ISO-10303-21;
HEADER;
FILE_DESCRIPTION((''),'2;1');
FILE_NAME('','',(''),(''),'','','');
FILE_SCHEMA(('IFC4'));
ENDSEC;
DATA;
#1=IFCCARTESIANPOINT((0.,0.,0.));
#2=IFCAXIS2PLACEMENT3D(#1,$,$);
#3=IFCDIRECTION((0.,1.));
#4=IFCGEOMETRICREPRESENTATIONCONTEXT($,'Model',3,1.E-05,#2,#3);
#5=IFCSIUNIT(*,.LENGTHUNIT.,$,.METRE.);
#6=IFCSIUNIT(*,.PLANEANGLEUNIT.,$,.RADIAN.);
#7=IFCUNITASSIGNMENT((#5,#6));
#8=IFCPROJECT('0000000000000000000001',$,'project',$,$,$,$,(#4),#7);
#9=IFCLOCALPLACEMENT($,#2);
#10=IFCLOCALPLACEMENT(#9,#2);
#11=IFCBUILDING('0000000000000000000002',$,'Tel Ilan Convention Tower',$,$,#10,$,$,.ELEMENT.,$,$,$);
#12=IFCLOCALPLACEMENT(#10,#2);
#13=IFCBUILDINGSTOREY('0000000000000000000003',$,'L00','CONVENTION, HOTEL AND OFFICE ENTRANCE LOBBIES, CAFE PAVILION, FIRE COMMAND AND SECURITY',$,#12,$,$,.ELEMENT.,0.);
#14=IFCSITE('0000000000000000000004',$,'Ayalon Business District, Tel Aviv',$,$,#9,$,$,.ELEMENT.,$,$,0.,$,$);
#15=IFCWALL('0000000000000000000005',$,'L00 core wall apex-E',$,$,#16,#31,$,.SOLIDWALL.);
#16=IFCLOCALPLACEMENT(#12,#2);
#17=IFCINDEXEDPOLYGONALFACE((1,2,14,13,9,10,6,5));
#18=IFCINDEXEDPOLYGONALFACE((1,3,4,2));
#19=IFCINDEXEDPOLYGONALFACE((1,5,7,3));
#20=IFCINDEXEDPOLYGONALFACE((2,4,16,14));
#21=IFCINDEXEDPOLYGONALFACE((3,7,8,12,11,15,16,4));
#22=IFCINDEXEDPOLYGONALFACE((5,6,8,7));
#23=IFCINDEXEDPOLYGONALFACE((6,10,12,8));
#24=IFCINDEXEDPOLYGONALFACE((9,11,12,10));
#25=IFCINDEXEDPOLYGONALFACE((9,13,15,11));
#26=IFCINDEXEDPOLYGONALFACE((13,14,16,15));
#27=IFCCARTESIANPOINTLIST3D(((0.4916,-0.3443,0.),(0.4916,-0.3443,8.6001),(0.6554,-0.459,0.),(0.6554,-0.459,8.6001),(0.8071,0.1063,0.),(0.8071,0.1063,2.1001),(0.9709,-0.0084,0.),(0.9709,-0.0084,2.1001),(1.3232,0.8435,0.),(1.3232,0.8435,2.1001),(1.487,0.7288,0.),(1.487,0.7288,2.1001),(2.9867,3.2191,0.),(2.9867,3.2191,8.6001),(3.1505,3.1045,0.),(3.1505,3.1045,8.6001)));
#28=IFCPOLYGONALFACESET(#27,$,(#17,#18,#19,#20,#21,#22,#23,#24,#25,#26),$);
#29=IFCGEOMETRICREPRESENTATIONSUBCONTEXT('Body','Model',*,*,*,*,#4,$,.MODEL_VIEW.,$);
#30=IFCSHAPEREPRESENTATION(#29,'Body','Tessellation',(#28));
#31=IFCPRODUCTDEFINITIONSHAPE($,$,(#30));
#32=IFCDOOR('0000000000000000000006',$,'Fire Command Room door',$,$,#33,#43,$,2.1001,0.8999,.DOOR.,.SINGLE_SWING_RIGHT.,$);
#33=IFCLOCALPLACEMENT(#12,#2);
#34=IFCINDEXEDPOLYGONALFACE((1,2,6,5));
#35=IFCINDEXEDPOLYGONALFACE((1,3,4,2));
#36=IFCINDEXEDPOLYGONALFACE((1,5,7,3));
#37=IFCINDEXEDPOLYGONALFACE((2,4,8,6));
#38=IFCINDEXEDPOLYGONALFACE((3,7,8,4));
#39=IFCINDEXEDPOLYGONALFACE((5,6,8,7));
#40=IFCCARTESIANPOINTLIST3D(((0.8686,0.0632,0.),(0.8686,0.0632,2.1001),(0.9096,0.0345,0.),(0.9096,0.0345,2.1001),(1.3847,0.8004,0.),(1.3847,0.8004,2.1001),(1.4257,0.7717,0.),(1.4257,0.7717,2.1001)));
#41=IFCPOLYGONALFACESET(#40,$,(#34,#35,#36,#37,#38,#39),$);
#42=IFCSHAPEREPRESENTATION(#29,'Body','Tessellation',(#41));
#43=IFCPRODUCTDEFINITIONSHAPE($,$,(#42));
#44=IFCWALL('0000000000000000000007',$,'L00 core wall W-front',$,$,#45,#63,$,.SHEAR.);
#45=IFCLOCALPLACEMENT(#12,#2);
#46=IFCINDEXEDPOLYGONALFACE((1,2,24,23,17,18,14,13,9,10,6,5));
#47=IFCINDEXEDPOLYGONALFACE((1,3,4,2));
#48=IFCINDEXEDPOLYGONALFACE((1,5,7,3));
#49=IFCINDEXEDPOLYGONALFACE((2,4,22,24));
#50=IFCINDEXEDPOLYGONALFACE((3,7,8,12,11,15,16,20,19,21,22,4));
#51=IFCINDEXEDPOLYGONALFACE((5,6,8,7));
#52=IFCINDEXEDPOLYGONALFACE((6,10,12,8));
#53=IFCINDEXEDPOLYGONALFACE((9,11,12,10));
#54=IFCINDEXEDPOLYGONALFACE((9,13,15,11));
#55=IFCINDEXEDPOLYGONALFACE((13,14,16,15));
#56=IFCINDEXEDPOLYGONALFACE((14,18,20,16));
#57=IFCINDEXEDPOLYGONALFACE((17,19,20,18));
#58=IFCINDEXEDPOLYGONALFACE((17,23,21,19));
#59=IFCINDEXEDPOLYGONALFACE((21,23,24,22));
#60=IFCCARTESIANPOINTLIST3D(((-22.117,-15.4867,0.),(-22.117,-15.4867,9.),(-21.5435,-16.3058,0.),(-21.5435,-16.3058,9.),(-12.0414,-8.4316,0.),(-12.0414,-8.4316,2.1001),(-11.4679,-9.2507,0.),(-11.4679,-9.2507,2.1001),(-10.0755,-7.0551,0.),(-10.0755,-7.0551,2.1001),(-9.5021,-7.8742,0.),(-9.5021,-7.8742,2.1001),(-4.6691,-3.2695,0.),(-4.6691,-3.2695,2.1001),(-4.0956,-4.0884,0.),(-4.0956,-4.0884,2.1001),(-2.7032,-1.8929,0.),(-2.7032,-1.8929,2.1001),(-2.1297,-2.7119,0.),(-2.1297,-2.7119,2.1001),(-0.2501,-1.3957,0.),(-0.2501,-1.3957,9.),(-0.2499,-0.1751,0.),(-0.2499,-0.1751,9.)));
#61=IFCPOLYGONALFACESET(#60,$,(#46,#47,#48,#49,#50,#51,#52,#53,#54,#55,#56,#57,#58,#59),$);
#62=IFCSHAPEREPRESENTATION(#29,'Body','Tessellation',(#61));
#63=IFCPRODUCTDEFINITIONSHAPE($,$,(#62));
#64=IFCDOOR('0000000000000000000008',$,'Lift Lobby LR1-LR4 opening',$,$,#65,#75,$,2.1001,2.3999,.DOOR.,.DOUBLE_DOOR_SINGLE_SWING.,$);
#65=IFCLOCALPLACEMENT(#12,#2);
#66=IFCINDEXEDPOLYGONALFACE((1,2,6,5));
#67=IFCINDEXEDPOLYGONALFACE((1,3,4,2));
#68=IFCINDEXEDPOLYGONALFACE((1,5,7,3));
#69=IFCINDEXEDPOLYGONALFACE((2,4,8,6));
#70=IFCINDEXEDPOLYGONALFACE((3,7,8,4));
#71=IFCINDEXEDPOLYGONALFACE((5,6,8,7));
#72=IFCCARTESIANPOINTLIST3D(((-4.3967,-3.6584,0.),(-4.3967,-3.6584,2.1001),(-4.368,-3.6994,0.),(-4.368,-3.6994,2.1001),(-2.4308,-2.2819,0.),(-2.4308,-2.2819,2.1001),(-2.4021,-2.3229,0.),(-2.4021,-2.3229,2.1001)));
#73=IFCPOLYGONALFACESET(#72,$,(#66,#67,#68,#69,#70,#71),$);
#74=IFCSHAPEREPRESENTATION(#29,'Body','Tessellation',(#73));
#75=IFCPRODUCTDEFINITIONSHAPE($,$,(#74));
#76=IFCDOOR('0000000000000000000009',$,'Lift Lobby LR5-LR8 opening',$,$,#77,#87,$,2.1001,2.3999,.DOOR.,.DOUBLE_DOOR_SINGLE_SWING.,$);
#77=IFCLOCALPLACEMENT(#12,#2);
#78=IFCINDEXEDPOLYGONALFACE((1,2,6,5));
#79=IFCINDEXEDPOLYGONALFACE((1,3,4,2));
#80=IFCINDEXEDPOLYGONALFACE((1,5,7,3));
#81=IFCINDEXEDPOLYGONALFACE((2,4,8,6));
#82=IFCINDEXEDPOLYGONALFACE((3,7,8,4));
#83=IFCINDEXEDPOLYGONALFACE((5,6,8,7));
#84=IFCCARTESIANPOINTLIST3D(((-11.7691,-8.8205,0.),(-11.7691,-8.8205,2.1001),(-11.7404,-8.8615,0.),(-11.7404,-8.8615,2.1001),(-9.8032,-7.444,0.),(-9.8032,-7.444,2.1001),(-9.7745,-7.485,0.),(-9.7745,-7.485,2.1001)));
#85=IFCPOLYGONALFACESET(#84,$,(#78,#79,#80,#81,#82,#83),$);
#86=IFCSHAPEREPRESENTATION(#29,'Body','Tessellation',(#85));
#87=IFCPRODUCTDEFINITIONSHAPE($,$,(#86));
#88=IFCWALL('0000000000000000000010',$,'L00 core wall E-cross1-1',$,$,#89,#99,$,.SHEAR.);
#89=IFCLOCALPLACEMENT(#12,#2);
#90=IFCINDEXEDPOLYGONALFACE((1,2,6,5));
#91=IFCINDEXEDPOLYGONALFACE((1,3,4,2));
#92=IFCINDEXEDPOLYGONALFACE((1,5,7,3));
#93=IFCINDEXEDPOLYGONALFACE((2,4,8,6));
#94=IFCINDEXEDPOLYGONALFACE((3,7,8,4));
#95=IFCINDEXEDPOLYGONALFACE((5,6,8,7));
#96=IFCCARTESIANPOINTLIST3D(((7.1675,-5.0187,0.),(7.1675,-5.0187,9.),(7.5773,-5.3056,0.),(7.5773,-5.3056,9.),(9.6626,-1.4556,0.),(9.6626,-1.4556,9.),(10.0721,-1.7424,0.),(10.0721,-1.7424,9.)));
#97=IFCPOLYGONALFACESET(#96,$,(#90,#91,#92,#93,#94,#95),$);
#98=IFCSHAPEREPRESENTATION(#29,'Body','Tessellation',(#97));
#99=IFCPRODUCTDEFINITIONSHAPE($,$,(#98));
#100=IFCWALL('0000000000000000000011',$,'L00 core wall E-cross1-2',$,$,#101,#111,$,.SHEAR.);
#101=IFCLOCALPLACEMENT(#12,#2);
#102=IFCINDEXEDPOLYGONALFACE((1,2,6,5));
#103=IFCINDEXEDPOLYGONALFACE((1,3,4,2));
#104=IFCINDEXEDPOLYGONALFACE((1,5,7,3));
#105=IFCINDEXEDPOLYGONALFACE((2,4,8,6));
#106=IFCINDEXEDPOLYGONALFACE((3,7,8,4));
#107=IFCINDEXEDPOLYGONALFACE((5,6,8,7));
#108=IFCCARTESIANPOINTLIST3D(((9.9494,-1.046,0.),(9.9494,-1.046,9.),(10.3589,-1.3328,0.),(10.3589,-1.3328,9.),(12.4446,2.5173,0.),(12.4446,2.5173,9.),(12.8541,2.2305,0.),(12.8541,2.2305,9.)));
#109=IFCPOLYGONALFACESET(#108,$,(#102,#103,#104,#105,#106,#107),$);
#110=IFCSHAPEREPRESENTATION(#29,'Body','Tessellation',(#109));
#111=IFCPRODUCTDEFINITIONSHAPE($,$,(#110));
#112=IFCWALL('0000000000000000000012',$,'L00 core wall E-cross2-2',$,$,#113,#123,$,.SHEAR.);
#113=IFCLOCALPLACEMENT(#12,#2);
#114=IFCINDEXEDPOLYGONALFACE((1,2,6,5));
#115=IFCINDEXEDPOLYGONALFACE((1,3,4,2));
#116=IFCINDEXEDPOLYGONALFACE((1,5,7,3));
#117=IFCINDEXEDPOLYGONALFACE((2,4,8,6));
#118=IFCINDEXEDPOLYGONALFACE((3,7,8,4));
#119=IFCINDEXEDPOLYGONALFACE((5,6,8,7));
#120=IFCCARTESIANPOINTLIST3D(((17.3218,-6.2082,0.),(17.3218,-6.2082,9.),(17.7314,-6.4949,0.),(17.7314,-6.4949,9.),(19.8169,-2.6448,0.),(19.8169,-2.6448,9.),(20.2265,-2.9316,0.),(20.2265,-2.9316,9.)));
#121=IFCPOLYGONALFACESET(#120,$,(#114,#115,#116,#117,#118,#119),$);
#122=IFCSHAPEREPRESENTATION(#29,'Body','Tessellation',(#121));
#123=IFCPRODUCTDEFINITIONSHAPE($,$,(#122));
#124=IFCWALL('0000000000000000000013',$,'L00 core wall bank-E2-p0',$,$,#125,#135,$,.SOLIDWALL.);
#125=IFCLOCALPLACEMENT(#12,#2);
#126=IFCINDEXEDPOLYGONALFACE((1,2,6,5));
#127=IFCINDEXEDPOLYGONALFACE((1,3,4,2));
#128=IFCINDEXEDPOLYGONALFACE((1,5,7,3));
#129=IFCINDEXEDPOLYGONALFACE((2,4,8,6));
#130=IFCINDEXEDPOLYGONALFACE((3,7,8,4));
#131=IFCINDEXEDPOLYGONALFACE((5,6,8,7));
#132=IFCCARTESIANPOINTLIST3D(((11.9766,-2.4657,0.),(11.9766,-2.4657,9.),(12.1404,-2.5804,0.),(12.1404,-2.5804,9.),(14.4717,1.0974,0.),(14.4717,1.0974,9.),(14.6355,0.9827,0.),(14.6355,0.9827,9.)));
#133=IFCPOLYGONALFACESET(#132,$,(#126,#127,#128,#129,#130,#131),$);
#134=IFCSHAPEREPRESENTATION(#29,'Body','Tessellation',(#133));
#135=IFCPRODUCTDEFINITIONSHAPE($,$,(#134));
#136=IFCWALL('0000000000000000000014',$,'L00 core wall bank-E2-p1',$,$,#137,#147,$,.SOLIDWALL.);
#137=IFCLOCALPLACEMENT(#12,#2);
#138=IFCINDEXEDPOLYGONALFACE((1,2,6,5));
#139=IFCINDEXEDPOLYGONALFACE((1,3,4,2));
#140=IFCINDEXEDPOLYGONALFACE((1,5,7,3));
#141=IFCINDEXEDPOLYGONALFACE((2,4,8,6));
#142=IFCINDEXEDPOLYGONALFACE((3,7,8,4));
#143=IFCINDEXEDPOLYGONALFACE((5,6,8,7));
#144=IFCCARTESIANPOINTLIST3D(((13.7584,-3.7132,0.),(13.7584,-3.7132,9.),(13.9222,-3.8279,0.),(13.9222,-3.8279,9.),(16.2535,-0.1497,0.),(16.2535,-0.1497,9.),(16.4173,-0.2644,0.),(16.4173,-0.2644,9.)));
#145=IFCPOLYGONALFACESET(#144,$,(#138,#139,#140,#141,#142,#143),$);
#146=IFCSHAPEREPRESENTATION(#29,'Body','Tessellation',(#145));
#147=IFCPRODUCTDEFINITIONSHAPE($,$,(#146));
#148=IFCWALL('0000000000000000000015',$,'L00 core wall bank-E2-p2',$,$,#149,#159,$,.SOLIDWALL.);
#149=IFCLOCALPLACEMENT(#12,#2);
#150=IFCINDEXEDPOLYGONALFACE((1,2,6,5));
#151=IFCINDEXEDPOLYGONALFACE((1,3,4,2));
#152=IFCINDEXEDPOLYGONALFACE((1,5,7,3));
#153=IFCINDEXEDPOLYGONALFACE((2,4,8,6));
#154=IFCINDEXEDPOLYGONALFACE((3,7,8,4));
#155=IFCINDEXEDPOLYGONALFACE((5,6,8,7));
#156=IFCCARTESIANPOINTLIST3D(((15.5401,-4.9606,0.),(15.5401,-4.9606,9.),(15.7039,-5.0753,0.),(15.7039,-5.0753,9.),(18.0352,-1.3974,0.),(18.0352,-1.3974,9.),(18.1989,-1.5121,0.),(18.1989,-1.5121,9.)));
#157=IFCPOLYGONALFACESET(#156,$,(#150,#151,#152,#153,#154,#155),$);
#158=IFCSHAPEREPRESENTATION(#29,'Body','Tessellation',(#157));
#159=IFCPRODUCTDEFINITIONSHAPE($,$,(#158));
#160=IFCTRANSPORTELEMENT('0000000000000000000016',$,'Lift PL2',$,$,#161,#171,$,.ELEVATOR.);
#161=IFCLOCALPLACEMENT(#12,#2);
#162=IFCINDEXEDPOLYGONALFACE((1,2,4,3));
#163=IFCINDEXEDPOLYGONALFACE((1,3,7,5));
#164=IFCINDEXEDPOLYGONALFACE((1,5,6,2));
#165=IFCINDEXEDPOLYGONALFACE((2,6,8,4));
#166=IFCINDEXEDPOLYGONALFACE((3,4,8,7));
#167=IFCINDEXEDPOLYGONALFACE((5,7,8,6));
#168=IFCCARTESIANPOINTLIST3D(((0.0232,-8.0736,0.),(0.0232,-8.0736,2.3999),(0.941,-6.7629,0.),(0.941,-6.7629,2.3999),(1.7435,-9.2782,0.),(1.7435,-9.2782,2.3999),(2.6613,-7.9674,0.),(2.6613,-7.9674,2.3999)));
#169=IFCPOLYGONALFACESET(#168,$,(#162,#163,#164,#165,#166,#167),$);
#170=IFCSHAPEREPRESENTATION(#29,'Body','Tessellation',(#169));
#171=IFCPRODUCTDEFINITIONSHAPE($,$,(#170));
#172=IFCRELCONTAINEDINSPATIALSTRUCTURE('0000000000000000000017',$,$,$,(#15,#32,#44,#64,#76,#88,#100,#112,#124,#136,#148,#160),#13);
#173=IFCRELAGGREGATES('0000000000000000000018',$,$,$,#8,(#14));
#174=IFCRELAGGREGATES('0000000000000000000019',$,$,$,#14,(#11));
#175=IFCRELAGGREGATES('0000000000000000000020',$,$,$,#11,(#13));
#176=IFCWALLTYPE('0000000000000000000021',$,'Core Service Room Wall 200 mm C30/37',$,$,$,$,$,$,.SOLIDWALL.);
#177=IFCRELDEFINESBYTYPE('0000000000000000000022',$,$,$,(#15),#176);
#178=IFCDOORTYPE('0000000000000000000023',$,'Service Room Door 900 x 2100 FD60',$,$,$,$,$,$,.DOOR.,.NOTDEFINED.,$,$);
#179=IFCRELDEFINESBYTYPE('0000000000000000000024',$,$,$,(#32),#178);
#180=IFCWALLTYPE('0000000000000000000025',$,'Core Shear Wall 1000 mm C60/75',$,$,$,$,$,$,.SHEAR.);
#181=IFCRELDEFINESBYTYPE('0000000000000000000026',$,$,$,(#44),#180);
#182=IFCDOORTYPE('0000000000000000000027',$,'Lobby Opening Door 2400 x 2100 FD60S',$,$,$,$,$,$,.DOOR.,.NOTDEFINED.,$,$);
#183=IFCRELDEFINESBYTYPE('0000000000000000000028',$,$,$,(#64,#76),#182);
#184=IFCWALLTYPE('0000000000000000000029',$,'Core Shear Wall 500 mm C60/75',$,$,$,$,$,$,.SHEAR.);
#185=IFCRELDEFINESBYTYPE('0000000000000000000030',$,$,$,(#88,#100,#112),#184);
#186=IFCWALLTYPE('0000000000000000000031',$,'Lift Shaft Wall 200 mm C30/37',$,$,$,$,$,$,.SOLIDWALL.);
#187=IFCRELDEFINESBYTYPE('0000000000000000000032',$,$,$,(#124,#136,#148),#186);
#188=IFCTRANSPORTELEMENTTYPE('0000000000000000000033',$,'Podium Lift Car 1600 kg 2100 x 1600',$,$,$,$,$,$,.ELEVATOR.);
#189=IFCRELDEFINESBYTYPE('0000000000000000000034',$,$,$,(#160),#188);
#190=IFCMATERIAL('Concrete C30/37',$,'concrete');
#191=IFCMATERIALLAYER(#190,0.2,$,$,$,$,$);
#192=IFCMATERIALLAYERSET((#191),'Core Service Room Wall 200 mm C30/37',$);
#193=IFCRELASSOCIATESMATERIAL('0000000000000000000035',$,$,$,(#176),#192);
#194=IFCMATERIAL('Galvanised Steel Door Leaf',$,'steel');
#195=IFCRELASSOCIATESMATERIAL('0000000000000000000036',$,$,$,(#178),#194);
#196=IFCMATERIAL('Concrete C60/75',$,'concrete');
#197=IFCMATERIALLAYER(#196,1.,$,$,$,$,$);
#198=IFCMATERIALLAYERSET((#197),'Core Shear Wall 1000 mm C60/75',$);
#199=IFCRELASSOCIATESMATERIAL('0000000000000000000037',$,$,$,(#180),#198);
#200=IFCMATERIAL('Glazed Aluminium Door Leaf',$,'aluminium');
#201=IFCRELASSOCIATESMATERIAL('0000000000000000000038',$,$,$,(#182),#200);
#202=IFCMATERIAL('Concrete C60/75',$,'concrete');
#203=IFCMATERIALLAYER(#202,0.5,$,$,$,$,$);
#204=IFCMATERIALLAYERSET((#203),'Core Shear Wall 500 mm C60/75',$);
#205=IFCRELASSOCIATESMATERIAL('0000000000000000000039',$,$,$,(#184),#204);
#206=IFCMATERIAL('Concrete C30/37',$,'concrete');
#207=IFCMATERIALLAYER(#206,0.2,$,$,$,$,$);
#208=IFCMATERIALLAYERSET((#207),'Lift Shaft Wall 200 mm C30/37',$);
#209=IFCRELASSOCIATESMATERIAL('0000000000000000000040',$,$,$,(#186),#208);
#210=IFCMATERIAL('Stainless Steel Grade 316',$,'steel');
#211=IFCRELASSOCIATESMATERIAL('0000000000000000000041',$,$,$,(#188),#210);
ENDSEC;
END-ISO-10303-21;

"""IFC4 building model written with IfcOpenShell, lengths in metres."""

from ifc_helpers import new_model, si_unit, direction, frame, frame_2d, origin, origin_2d, place, context, subcontext, project, spatial, polyline, rectangle, outline, extrude, material, layer, layer_set, type_object, element, fill, save


model = new_model("IFC4")

# Units and contexts
model_context = context("Model", 3, precision=1e-05, world=origin(), true_north=direction((0.0, 1.0)))
body_context = subcontext(model_context, "Body", "Model", "MODEL_VIEW")
ifc_project = project(units=[si_unit("LENGTHUNIT", "METRE"), si_unit("PLANEANGLEUNIT", "RADIAN")], contexts=[model_context])

# Site, building, storey
site_placement = place(None, origin())
site = spatial("IfcSite", under=ifc_project, at=site_placement, Name="Ayalon Business District, Tel Aviv", CompositionType="ELEMENT", RefElevation=0.0)
building_placement = place(site_placement, origin())
building = spatial("IfcBuilding", under=site, at=building_placement, Name="Tel Ilan Convention Tower", CompositionType="ELEMENT")
storey_placement = place(building_placement, origin())
storey = spatial("IfcBuildingStorey", under=building, at=storey_placement, Name="L00", Description="CONVENTION, HOTEL AND OFFICE ENTRANCE LOBBIES, CAFE PAVILION, FIRE COMMAND AND SECURITY", CompositionType="ELEMENT", Elevation=0.0)

# Wall, opening, door
ifc_material_1 = material(Name="Concrete C30/37", Category="concrete")
ifc_layer_1 = layer(ifc_material_1, 0.2)
ifc_layer_set_1 = layer_set([ifc_layer_1], Name="Core Service Room Wall 200 mm C30/37")
wall_type_1 = type_object("IfcWallType", Name="Core Service Room Wall 200 mm C30/37", PredefinedType="SOLIDWALL", material=ifc_layer_set_1)
wall_1_placement = place(storey_placement, frame((0.5735, -0.4016, 0.0), z_axis=(0.0, 0.0, 1.0), x_axis=(0.573568, 0.819158, 0.0)))
wall_1 = element("IfcWall", 1, at=wall_1_placement, inside=storey, type_object=wall_type_1, Name="L00 core wall apex-E", PredefinedType="SOLIDWALL", context=body_context, shape_type="SweptSolid", body=[
    extrude(rectangle(XDim=4.3501, YDim=0.2, at=frame_2d((2.175, 0.0))), origin(), (0.0, 0.0, 1.0), 8.6001),
])
opening_1_placement = place(wall_1_placement, frame((0.55, 0.0, 0.0)))
opening_1 = element("IfcOpeningElement", 2, at=opening_1_placement, cuts=wall_1, PredefinedType="OPENING", context=body_context, shape_type="SweptSolid", body=[
    extrude(rectangle(XDim=0.8999, YDim=2.1001, at=frame_2d((0.45, 1.05))), frame((0.0, 0.1099, 0.0), z_axis=(0.0, -1.0, 0.0), x_axis=(1.0, 0.0, 0.0)), (0.0, 0.0, 1.0), 0.22),
])
ifc_material_2 = material(Name="Galvanised Steel Door Leaf", Category="steel")
door_type_1 = type_object("IfcDoorType", Name="Service Room Door 900 x 2100 FD60", OperationType="NOTDEFINED", PredefinedType="DOOR", material=ifc_material_2)
door_1_placement = place(opening_1_placement, origin())
door_1 = element("IfcDoor", 3, at=door_1_placement, inside=storey, type_object=door_type_1, Name="Fire Command Room door", OperationType="SINGLE_SWING_RIGHT", OverallHeight=2.1001, OverallWidth=0.8999, PredefinedType="DOOR", context=body_context, shape_type="SweptSolid", body=[
    extrude(rectangle(XDim=0.8999, YDim=2.1001, at=frame_2d((0.45, 1.05))), frame((0.0, 0.0249, 0.0), z_axis=(0.0, -1.0, 0.0), x_axis=(1.0, 0.0, 0.0)), (0.0, 0.0, 1.0), 0.05),
])
fill(opening_1, door_1)

# Wall, openings, doors
ifc_material_3 = material(Name="Concrete C60/75", Category="concrete")
ifc_layer_2 = layer(ifc_material_3, 1.0)
ifc_layer_set_2 = layer_set([ifc_layer_2], Name="Core Shear Wall 1000 mm C60/75")
wall_type_2 = type_object("IfcWallType", Name="Core Shear Wall 1000 mm C60/75", PredefinedType="SHEAR", material=ifc_layer_set_2)
wall_2_placement = place(storey_placement, frame((0.0369, -0.5847, 0.0), z_axis=(0.0, 0.0, 1.0), x_axis=(-0.819157, -0.573569, 0.0)))
wall_2 = element("IfcWall", 4, at=wall_2_placement, inside=storey, type_object=wall_type_2, Name="L00 core wall W-front", PredefinedType="SHEAR", context=body_context, shape_type="SweptSolid", body=[
    extrude(outline(polyline([(26.6948, 0.5002), (0.7002, 0.4998), (0.0, -0.5), (26.6948, -0.4998), (26.6948, 0.5002)])), origin(), (0.0, 0.0, 1.0), 9.0),
])
opening_2_placement = place(wall_2_placement, frame((2.9949, 0.0, 0.0)))
opening_2 = element("IfcOpeningElement", 5, at=opening_2_placement, cuts=wall_2, PredefinedType="OPENING", context=body_context, shape_type="SweptSolid", body=[
    extrude(rectangle(XDim=2.3999, YDim=2.1001, at=frame_2d((1.2, 1.05))), frame((0.0, 0.51, 0.0), z_axis=(0.0, -1.0, 0.0), x_axis=(1.0, 0.0, 0.0)), (0.0, 0.0, 1.0), 1.02),
])
opening_3_placement = place(wall_2_placement, frame((11.9949, 0.0, 0.0)))
opening_3 = element("IfcOpeningElement", 6, at=opening_3_placement, cuts=wall_2, PredefinedType="OPENING", context=body_context, shape_type="SweptSolid", body=[
    extrude(rectangle(XDim=2.3999, YDim=2.1001, at=frame_2d((1.2, 1.05))), frame((0.0, 0.51, 0.0), z_axis=(0.0, -1.0, 0.0), x_axis=(1.0, 0.0, 0.0)), (0.0, 0.0, 1.0), 1.02),
])
ifc_material_4 = material(Name="Glazed Aluminium Door Leaf", Category="aluminium")
door_type_2 = type_object("IfcDoorType", Name="Lobby Opening Door 2400 x 2100 FD60S", OperationType="NOTDEFINED", PredefinedType="DOOR", material=ifc_material_4)
door_2_placement = place(opening_2_placement, origin())
door_2 = element("IfcDoor", 7, at=door_2_placement, inside=storey, type_object=door_type_2, Name="Lift Lobby LR1-LR4 opening", OperationType="DOUBLE_DOOR_SINGLE_SWING", OverallHeight=2.1001, OverallWidth=2.3999, PredefinedType="DOOR", context=body_context, shape_type="SweptSolid", body=[
    extrude(rectangle(XDim=2.3999, YDim=2.1001, at=frame_2d((1.2, 1.05))), frame((0.0, 0.0249, 0.0), z_axis=(0.0, -1.0, 0.0), x_axis=(1.0, 0.0, 0.0)), (0.0, 0.0, 1.0), 0.05),
])
fill(opening_2, door_2)
door_3_placement = place(opening_3_placement, origin())
door_3 = element("IfcDoor", 8, at=door_3_placement, inside=storey, type_object=door_type_2, Name="Lift Lobby LR5-LR8 opening", OperationType="DOUBLE_DOOR_SINGLE_SWING", OverallHeight=2.1001, OverallWidth=2.3999, PredefinedType="DOOR", context=body_context, shape_type="SweptSolid", body=[
    extrude(rectangle(XDim=2.3999, YDim=2.1001, at=frame_2d((1.2, 1.05))), frame((0.0, 0.0249, 0.0), z_axis=(0.0, -1.0, 0.0), x_axis=(1.0, 0.0, 0.0)), (0.0, 0.0, 1.0), 0.05),
])
fill(opening_3, door_3)

# Walls
ifc_material_5 = material(Name="Concrete C60/75", Category="concrete")
ifc_layer_3 = layer(ifc_material_5, 0.5)
ifc_layer_set_3 = layer_set([ifc_layer_3], Name="Core Shear Wall 500 mm C60/75")
wall_type_3 = type_object("IfcWallType", Name="Core Shear Wall 500 mm C60/75", PredefinedType="SHEAR", material=ifc_layer_set_3)
wall_3_placement = place(storey_placement, frame((7.3723, -5.1621, 0.0), z_axis=(0.0, 0.0, 1.0), x_axis=(0.573594, 0.81914, 0.0)))
element("IfcWall", 9, at=wall_3_placement, inside=storey, type_object=wall_type_3, Name="L00 core wall E-cross1-1", PredefinedType="SHEAR", context=body_context, shape_type="SweptSolid", body=[
    extrude(outline(polyline([(0.0, 0.25), (0.0, -0.2502), (4.3499, -0.25), (4.3499, 0.25), (0.0, 0.25)])), origin(), (0.0, 0.0, 1.0), 9.0),
])
wall_4_placement = place(storey_placement, frame((10.1543, -1.1892, 0.0), z_axis=(0.0, 0.0, 1.0), x_axis=(0.573594, 0.81914, 0.0)))
element("IfcWall", 10, at=wall_4_placement, inside=storey, type_object=wall_type_3, Name="L00 core wall E-cross1-2", PredefinedType="SHEAR", context=body_context, shape_type="SweptSolid", body=[
    extrude(outline(polyline([(4.3499, -0.25), (4.3499, 0.25), (-0.0002, 0.25), (-0.0002, -0.25), (4.3499, -0.25)])), origin(), (0.0, 0.0, 1.0), 9.0),
])
wall_5_placement = place(storey_placement, frame((17.5266, -6.3516, 0.0), z_axis=(0.0, 0.0, 1.0), x_axis=(0.57353, 0.819184, 0.0)))
element("IfcWall", 11, at=wall_5_placement, inside=storey, type_object=wall_type_3, Name="L00 core wall E-cross2-2", PredefinedType="SHEAR", context=body_context, shape_type="SweptSolid", body=[
    extrude(outline(polyline([(4.3501, -0.2502), (4.3501, 0.2498), (0.0, 0.25), (0.0, -0.25), (4.3501, -0.2502)])), origin(), (0.0, 0.0, 1.0), 9.0),
])
ifc_material_6 = material(Name="Concrete C30/37", Category="concrete")
ifc_layer_4 = layer(ifc_material_6, 0.2)
ifc_layer_set_4 = layer_set([ifc_layer_4], Name="Lift Shaft Wall 200 mm C30/37")
wall_type_4 = type_object("IfcWallType", Name="Lift Shaft Wall 200 mm C30/37", PredefinedType="SOLIDWALL", material=ifc_layer_set_4)
wall_6_placement = place(storey_placement, frame((12.0586, -2.5229, 0.0), z_axis=(0.0, 0.0, 1.0), x_axis=(0.573594, 0.81914, 0.0)))
element("IfcWall", 12, at=wall_6_placement, inside=storey, type_object=wall_type_4, Name="L00 core wall bank-E2-p0", PredefinedType="SOLIDWALL", context=body_context, shape_type="SweptSolid", body=[
    extrude(rectangle(XDim=4.3499, YDim=0.2, at=frame_2d((2.1748, 0.0))), origin(), (0.0, 0.0, 1.0), 9.0),
])
wall_7_placement = place(storey_placement, frame((13.8403, -3.7705, 0.0), z_axis=(0.0, 0.0, 1.0), x_axis=(0.573568, 0.819158, 0.0)))
element("IfcWall", 13, at=wall_7_placement, inside=storey, type_object=wall_type_4, Name="L00 core wall bank-E2-p1", PredefinedType="SOLIDWALL", context=body_context, shape_type="SweptSolid", body=[
    extrude(rectangle(XDim=4.3501, YDim=0.2, at=frame_2d((2.175, 0.0))), origin(), (0.0, 0.0, 1.0), 9.0),
])
wall_8_placement = place(storey_placement, frame((15.6221, -5.0178, 0.0), z_axis=(0.0, 0.0, 1.0), x_axis=(0.573594, 0.81914, 0.0)))
element("IfcWall", 14, at=wall_8_placement, inside=storey, type_object=wall_type_4, Name="L00 core wall bank-E2-p2", PredefinedType="SOLIDWALL", context=body_context, shape_type="SweptSolid", body=[
    extrude(rectangle(XDim=4.3499, YDim=0.2, at=frame_2d((2.1748, 0.0))), origin(), (0.0, 0.0, 1.0), 9.0),
])

# Transport element
ifc_material_7 = material(Name="Stainless Steel Grade 316", Category="steel")
transport_element_type = type_object("IfcTransportElementType", Name="Podium Lift Car 1600 kg 2100 x 1600", PredefinedType="ELEVATOR", material=ifc_material_7)
transport_element_placement = place(storey_placement, frame((1.3423, -8.0205, 0.0), z_axis=(0.0, 0.0, 1.0), x_axis=(0.819152, -0.573576, 0.0)))
element("IfcTransportElement", 15, at=transport_element_placement, inside=storey, type_object=transport_element_type, Name="Lift PL2", PredefinedType="ELEVATOR", context=body_context, shape_type="SweptSolid", body=[
    extrude(rectangle(XDim=2.1001, YDim=1.6001, at=origin_2d()), origin(), (0.0, 0.0, 1.0), 2.3999),
])

save(model, "model.ifc")
